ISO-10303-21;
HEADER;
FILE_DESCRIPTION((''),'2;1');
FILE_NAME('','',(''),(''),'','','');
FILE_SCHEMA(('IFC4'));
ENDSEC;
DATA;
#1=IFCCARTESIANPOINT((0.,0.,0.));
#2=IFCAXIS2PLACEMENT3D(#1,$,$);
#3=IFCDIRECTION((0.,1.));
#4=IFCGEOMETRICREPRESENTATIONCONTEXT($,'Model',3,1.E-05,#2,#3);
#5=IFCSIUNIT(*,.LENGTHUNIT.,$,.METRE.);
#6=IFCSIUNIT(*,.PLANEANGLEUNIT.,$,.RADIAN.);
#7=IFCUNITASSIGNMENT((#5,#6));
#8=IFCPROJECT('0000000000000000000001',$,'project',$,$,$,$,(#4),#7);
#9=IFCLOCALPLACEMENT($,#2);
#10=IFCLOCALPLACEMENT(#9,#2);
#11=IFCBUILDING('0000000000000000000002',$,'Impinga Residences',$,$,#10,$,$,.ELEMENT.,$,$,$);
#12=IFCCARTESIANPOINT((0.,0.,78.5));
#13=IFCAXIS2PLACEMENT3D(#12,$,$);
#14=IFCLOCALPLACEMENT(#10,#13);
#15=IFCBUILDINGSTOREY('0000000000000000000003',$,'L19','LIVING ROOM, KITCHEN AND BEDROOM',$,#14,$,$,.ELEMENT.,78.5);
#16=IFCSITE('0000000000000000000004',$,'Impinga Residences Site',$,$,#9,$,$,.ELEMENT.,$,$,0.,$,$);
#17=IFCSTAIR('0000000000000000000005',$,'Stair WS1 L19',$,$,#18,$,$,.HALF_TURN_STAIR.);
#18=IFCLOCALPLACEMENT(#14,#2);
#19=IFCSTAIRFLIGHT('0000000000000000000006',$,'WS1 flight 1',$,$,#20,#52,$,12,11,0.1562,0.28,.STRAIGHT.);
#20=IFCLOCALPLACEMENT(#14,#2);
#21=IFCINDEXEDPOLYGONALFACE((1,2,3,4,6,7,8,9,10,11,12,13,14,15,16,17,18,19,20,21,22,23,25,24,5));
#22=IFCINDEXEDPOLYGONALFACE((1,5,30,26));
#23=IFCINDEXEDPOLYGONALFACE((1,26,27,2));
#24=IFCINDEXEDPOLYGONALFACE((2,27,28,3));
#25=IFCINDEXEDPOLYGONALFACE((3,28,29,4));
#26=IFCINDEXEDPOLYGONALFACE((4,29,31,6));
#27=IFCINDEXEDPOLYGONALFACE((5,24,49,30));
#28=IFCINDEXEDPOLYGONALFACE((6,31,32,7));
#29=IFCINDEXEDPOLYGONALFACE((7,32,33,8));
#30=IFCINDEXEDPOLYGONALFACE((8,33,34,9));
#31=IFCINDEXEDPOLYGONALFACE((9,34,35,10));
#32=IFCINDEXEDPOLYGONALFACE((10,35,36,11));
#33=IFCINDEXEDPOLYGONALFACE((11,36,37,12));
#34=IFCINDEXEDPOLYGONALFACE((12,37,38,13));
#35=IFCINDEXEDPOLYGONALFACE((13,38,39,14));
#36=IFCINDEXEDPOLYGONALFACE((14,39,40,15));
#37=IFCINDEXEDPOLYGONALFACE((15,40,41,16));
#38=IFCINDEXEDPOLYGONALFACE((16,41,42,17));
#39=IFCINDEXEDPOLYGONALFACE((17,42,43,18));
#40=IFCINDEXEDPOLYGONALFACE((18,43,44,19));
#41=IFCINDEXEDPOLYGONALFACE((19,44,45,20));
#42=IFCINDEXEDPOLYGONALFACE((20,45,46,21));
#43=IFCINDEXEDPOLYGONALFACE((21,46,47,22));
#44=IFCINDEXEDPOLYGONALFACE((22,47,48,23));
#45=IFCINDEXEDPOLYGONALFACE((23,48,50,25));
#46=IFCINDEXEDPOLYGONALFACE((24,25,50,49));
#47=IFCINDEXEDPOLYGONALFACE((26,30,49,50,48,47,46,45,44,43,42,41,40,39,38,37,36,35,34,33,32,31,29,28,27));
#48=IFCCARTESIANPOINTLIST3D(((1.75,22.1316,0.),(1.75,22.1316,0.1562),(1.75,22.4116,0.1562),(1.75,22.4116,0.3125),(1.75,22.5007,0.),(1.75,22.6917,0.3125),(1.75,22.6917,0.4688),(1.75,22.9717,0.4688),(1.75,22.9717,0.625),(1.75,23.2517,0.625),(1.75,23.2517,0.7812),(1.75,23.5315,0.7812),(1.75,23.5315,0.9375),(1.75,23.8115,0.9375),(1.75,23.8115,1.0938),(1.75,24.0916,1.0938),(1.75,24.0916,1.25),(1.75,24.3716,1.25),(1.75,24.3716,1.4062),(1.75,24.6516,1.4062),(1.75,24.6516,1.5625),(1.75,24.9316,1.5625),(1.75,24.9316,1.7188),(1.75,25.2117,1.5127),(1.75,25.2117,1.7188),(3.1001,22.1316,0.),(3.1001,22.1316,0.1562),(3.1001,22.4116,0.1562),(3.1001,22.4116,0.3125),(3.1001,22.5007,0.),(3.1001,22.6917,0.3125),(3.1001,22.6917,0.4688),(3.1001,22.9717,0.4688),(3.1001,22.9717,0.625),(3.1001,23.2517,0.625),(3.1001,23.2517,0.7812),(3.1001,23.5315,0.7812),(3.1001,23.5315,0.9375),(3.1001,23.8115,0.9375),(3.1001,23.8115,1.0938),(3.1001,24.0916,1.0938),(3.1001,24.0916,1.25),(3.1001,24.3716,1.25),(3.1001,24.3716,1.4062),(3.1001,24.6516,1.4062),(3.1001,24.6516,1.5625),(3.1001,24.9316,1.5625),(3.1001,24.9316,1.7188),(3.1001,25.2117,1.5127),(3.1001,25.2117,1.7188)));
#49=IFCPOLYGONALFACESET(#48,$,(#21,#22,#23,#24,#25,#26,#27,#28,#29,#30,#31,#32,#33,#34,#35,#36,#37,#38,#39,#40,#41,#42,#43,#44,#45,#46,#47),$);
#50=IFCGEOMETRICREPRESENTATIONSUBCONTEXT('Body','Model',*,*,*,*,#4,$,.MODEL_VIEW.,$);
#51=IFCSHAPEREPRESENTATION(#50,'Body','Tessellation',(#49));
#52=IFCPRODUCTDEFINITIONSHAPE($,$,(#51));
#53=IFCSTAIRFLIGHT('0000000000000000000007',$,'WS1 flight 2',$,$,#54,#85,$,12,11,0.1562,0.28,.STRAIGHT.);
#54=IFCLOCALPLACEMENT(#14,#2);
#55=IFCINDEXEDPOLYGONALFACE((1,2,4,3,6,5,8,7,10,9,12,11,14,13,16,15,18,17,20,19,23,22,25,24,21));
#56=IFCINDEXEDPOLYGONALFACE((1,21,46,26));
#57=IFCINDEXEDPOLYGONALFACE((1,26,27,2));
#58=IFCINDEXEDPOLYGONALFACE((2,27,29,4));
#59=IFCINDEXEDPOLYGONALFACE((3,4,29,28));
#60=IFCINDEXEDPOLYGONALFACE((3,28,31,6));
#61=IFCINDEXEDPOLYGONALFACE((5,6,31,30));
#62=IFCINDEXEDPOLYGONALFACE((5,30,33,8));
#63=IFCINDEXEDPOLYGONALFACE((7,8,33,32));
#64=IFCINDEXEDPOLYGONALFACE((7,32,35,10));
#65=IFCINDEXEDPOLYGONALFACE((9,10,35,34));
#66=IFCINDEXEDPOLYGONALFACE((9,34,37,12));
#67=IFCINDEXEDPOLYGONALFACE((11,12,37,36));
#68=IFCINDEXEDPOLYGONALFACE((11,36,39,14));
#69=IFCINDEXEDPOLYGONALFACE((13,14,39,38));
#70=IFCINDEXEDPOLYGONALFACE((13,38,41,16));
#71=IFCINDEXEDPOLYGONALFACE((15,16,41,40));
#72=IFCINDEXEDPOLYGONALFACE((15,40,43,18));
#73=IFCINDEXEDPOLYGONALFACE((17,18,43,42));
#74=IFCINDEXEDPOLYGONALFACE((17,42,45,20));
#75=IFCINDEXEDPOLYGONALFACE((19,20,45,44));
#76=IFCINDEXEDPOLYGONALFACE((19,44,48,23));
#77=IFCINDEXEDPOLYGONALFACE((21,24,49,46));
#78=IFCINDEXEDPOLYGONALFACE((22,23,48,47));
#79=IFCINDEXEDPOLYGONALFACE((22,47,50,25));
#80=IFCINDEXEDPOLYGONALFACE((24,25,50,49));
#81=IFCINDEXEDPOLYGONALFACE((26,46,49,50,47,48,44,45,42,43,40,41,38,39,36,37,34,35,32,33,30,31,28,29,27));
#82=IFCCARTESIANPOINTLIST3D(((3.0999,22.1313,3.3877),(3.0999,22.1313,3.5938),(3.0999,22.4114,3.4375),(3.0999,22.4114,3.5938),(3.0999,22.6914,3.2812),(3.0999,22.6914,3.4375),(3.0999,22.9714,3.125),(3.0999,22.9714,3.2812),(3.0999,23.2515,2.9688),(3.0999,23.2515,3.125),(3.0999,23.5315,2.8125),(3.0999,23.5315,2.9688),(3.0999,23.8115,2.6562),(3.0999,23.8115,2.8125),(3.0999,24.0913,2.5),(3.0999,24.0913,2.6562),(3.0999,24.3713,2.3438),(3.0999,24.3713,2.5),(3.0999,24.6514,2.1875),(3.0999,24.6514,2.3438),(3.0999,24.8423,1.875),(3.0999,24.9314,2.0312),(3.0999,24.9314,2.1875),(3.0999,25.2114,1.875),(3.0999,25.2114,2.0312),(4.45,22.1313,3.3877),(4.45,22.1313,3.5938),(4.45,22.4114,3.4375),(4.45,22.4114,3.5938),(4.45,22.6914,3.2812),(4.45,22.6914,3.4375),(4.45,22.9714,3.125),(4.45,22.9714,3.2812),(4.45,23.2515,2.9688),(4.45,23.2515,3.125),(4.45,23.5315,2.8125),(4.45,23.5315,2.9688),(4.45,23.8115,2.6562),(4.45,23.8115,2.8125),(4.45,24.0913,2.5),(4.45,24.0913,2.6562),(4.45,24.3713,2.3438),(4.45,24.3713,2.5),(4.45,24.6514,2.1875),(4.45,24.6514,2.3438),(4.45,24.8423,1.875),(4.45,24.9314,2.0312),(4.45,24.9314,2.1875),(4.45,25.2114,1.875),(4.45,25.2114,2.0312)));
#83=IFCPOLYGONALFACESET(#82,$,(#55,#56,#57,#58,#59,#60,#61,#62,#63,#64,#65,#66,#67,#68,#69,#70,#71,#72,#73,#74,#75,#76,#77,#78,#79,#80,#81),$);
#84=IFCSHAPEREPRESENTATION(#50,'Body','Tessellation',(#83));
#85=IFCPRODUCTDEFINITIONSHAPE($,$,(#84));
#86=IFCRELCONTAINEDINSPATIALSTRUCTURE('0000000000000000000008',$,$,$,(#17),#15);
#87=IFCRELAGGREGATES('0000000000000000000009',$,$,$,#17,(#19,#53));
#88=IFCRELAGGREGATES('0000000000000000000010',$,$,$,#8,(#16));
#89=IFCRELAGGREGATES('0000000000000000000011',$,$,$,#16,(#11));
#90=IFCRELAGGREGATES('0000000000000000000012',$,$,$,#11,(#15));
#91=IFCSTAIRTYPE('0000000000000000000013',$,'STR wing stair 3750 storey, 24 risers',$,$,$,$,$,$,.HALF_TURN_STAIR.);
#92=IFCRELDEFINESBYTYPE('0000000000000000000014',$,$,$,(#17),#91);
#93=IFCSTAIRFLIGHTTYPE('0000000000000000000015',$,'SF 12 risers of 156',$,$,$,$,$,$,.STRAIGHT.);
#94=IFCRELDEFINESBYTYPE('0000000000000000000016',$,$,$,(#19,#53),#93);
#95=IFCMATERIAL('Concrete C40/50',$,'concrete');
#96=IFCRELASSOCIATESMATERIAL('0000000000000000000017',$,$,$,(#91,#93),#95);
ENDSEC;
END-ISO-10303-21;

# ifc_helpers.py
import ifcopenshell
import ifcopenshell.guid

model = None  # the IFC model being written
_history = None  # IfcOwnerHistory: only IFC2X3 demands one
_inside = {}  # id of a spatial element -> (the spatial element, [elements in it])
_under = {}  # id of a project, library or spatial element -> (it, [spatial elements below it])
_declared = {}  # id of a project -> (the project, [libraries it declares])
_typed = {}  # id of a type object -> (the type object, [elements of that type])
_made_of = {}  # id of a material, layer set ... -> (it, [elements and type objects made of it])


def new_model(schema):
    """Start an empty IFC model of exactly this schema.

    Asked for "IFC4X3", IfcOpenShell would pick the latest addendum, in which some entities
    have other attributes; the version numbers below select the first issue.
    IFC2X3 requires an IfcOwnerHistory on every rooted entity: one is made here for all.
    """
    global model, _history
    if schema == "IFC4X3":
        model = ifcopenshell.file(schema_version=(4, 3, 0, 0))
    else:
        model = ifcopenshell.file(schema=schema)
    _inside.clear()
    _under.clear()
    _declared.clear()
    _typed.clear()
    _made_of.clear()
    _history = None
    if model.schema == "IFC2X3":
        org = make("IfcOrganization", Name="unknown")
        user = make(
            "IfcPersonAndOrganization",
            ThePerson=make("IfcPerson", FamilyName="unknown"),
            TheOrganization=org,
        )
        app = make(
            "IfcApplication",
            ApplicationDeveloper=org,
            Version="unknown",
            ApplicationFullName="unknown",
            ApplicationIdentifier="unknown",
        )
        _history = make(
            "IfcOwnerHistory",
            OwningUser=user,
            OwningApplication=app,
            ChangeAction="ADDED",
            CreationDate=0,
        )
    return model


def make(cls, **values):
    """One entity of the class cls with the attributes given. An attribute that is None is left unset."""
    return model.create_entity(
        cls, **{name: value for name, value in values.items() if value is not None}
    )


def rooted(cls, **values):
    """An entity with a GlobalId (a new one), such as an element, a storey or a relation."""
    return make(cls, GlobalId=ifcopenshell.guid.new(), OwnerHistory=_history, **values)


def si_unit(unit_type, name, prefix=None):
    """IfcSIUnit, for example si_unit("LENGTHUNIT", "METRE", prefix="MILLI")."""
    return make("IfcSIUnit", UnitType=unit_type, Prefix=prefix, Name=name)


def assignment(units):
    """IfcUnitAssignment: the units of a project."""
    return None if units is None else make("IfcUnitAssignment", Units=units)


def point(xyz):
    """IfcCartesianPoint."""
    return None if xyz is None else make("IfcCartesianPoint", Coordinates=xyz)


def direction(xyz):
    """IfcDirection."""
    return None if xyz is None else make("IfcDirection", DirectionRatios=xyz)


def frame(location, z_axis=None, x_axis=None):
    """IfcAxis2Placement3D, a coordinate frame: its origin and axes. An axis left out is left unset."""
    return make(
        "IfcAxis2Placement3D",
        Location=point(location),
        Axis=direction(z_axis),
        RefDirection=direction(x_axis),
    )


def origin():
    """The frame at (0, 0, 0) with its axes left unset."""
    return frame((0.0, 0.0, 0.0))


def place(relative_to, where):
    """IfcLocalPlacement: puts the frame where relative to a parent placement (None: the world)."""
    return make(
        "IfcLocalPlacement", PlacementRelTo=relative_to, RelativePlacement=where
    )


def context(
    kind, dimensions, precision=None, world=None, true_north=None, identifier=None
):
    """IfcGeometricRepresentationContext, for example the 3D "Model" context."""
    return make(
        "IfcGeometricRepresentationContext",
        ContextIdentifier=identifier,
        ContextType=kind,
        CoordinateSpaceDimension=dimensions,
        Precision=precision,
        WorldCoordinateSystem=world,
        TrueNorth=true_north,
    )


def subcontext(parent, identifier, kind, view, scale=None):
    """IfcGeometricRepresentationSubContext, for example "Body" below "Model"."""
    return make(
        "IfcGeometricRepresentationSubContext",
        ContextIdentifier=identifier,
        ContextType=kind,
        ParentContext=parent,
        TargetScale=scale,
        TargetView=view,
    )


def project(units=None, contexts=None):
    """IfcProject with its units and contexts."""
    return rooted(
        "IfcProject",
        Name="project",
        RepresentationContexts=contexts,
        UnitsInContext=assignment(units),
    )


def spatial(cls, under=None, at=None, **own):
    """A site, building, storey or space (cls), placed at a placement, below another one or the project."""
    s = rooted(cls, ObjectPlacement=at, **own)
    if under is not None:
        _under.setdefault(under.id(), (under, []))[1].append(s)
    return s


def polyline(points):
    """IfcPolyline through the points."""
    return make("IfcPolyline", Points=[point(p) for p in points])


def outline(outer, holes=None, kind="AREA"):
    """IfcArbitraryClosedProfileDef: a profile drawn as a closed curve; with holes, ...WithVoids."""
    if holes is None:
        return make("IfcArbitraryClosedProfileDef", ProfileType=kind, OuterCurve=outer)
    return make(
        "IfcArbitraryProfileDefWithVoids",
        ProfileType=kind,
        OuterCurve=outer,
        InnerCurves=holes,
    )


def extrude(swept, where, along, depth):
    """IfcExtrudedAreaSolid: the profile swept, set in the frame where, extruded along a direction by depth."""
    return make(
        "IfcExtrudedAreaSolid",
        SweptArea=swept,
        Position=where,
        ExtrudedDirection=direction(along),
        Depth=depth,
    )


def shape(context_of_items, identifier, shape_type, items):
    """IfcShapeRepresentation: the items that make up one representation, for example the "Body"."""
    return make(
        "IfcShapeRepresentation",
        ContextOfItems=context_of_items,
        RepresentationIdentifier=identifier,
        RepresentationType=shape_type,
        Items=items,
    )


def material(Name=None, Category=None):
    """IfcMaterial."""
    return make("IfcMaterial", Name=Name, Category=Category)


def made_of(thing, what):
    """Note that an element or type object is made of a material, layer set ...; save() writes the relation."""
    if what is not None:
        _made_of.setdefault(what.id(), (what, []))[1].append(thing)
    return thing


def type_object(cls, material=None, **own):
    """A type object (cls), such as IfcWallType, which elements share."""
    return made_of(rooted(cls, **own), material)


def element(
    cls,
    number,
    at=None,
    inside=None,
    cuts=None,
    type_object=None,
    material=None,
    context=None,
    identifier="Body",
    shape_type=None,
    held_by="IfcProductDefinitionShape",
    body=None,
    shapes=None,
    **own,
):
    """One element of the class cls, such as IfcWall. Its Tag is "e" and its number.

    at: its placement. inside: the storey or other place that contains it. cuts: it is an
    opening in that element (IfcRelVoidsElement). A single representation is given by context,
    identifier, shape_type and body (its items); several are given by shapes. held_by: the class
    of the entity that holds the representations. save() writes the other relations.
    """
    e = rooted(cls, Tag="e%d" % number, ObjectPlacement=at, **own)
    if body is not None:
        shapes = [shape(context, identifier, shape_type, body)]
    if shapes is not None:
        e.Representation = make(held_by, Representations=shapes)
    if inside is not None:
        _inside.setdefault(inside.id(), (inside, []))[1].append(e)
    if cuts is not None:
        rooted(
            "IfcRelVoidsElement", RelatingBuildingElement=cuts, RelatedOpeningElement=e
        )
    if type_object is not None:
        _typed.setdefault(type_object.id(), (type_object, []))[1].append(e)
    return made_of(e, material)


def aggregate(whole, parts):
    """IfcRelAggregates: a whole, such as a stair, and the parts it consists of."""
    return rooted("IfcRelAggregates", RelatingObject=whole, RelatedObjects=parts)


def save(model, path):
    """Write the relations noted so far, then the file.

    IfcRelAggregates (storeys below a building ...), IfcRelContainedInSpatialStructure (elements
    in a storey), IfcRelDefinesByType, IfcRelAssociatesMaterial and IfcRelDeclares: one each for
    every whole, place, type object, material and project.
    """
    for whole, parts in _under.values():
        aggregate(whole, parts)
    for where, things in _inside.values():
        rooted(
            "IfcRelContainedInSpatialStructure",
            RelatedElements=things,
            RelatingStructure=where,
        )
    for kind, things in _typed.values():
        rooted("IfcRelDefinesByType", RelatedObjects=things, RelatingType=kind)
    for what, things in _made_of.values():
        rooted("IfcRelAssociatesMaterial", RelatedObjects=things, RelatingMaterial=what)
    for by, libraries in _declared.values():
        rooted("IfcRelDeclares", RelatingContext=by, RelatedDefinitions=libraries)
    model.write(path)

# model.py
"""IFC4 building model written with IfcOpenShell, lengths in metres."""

from ifc_helpers import new_model, si_unit, direction, frame, origin, place, context, subcontext, project, spatial, polyline, outline, extrude, material, type_object, element, aggregate, save


model = new_model("IFC4")

# Units and contexts
model_context = context("Model", 3, precision=1e-05, world=origin(), true_north=direction((0.0, 1.0)))
body_context = subcontext(model_context, "Body", "Model", "MODEL_VIEW")
ifc_project = project(units=[si_unit("LENGTHUNIT", "METRE"), si_unit("PLANEANGLEUNIT", "RADIAN")], contexts=[model_context])

# Site, building, storey
site_placement = place(None, origin())
site = spatial("IfcSite", under=ifc_project, at=site_placement, Name="Impinga Residences Site", CompositionType="ELEMENT", RefElevation=0.0)
building_placement = place(site_placement, origin())
building = spatial("IfcBuilding", under=site, at=building_placement, Name="Impinga Residences", CompositionType="ELEMENT")
storey_placement = place(building_placement, frame((0.0, 0.0, 78.5)))
storey = spatial("IfcBuildingStorey", under=building, at=storey_placement, Name="L19", Description="LIVING ROOM, KITCHEN AND BEDROOM", CompositionType="ELEMENT", Elevation=78.5)

# Stair, stair flights
ifc_material_1 = material(Name="Concrete C40/50", Category="concrete")
stair_type = type_object("IfcStairType", Name="STR wing stair 3750 storey, 24 risers", PredefinedType="HALF_TURN_STAIR", material=ifc_material_1)
stair_placement = place(storey_placement, origin())
stair = element("IfcStair", 1, at=stair_placement, inside=storey, type_object=stair_type, Name="Stair WS1 L19", PredefinedType="HALF_TURN_STAIR")
stair_flight_type = type_object("IfcStairFlightType", Name="SF 12 risers of 156", PredefinedType="STRAIGHT", material=ifc_material_1)
stair_flight_1_placement = place(storey_placement, frame((2.425, 22.1316, 0.0), z_axis=(0.0, 0.0, 1.0), x_axis=(0.0, 1.0, 0.0)))
stair_flight_1 = element("IfcStairFlight", 2, at=stair_flight_1_placement, type_object=stair_flight_type, Name="WS1 flight 1", NumberOfRisers=12, NumberOfTreads=11, PredefinedType="STRAIGHT", RiserHeight=0.1562, TreadLength=0.28, context=body_context, shape_type="SweptSolid", body=[
    extrude(outline(polyline([(0.0, 0.0), (0.0, 0.1562), (0.28, 0.1562), (0.28, 0.3125), (0.5601, 0.3125), (0.5601, 0.4688), (0.8401, 0.4688), (0.8401, 0.625), (1.1201, 0.625), (1.1201, 0.7812), (1.3999, 0.7812), (1.3999, 0.9375), (1.6799, 0.9375), (1.6799, 1.0938), (1.96, 1.0938), (1.96, 1.25), (2.24, 1.25), (2.24, 1.4062), (2.52, 1.4062), (2.52, 1.5625), (2.8, 1.5625), (2.8, 1.7188), (3.0801, 1.7188), (3.0801, 1.875), (3.0801, 1.5127), (0.3691, 0.0), (0.0, 0.0)])), frame((0.0, 0.675, 0.0), z_axis=(0.0, -1.0, 0.0), x_axis=(1.0, 0.0, 0.0)), (0.0, 0.0, 1.0), 1.3501),
])
stair_flight_2_placement = place(storey_placement, frame((3.7749, 25.2114, 1.875), z_axis=(0.0, 0.0, 1.0), x_axis=(0.0, -1.0, 0.0)))
stair_flight_2 = element("IfcStairFlight", 3, at=stair_flight_2_placement, type_object=stair_flight_type, Name="WS1 flight 2", NumberOfRisers=12, NumberOfTreads=11, PredefinedType="STRAIGHT", RiserHeight=0.1562, TreadLength=0.28, context=body_context, shape_type="SweptSolid", body=[
    extrude(outline(polyline([(0.0, 0.0), (0.0, 0.1562), (0.28, 0.1562), (0.28, 0.3125), (0.5601, 0.3125), (0.5601, 0.4688), (0.8401, 0.4688), (0.8401, 0.625), (1.1201, 0.625), (1.1201, 0.7812), (1.3999, 0.7812), (1.3999, 0.9375), (1.6799, 0.9375), (1.6799, 1.0938), (1.96, 1.0938), (1.96, 1.25), (2.24, 1.25), (2.24, 1.4062), (2.52, 1.4062), (2.52, 1.5625), (2.8, 1.5625), (2.8, 1.7188), (3.0801, 1.7188), (3.0801, 1.875), (3.0801, 1.5127), (0.3691, 0.0), (0.0, 0.0)])), frame((0.0, 0.675, 0.0), z_axis=(0.0, -1.0, 0.0), x_axis=(1.0, 0.0, 0.0)), (0.0, 0.0, 1.0), 1.3501),
])
aggregate(stair, [stair_flight_1, stair_flight_2])

save(model, "model.ifc")
